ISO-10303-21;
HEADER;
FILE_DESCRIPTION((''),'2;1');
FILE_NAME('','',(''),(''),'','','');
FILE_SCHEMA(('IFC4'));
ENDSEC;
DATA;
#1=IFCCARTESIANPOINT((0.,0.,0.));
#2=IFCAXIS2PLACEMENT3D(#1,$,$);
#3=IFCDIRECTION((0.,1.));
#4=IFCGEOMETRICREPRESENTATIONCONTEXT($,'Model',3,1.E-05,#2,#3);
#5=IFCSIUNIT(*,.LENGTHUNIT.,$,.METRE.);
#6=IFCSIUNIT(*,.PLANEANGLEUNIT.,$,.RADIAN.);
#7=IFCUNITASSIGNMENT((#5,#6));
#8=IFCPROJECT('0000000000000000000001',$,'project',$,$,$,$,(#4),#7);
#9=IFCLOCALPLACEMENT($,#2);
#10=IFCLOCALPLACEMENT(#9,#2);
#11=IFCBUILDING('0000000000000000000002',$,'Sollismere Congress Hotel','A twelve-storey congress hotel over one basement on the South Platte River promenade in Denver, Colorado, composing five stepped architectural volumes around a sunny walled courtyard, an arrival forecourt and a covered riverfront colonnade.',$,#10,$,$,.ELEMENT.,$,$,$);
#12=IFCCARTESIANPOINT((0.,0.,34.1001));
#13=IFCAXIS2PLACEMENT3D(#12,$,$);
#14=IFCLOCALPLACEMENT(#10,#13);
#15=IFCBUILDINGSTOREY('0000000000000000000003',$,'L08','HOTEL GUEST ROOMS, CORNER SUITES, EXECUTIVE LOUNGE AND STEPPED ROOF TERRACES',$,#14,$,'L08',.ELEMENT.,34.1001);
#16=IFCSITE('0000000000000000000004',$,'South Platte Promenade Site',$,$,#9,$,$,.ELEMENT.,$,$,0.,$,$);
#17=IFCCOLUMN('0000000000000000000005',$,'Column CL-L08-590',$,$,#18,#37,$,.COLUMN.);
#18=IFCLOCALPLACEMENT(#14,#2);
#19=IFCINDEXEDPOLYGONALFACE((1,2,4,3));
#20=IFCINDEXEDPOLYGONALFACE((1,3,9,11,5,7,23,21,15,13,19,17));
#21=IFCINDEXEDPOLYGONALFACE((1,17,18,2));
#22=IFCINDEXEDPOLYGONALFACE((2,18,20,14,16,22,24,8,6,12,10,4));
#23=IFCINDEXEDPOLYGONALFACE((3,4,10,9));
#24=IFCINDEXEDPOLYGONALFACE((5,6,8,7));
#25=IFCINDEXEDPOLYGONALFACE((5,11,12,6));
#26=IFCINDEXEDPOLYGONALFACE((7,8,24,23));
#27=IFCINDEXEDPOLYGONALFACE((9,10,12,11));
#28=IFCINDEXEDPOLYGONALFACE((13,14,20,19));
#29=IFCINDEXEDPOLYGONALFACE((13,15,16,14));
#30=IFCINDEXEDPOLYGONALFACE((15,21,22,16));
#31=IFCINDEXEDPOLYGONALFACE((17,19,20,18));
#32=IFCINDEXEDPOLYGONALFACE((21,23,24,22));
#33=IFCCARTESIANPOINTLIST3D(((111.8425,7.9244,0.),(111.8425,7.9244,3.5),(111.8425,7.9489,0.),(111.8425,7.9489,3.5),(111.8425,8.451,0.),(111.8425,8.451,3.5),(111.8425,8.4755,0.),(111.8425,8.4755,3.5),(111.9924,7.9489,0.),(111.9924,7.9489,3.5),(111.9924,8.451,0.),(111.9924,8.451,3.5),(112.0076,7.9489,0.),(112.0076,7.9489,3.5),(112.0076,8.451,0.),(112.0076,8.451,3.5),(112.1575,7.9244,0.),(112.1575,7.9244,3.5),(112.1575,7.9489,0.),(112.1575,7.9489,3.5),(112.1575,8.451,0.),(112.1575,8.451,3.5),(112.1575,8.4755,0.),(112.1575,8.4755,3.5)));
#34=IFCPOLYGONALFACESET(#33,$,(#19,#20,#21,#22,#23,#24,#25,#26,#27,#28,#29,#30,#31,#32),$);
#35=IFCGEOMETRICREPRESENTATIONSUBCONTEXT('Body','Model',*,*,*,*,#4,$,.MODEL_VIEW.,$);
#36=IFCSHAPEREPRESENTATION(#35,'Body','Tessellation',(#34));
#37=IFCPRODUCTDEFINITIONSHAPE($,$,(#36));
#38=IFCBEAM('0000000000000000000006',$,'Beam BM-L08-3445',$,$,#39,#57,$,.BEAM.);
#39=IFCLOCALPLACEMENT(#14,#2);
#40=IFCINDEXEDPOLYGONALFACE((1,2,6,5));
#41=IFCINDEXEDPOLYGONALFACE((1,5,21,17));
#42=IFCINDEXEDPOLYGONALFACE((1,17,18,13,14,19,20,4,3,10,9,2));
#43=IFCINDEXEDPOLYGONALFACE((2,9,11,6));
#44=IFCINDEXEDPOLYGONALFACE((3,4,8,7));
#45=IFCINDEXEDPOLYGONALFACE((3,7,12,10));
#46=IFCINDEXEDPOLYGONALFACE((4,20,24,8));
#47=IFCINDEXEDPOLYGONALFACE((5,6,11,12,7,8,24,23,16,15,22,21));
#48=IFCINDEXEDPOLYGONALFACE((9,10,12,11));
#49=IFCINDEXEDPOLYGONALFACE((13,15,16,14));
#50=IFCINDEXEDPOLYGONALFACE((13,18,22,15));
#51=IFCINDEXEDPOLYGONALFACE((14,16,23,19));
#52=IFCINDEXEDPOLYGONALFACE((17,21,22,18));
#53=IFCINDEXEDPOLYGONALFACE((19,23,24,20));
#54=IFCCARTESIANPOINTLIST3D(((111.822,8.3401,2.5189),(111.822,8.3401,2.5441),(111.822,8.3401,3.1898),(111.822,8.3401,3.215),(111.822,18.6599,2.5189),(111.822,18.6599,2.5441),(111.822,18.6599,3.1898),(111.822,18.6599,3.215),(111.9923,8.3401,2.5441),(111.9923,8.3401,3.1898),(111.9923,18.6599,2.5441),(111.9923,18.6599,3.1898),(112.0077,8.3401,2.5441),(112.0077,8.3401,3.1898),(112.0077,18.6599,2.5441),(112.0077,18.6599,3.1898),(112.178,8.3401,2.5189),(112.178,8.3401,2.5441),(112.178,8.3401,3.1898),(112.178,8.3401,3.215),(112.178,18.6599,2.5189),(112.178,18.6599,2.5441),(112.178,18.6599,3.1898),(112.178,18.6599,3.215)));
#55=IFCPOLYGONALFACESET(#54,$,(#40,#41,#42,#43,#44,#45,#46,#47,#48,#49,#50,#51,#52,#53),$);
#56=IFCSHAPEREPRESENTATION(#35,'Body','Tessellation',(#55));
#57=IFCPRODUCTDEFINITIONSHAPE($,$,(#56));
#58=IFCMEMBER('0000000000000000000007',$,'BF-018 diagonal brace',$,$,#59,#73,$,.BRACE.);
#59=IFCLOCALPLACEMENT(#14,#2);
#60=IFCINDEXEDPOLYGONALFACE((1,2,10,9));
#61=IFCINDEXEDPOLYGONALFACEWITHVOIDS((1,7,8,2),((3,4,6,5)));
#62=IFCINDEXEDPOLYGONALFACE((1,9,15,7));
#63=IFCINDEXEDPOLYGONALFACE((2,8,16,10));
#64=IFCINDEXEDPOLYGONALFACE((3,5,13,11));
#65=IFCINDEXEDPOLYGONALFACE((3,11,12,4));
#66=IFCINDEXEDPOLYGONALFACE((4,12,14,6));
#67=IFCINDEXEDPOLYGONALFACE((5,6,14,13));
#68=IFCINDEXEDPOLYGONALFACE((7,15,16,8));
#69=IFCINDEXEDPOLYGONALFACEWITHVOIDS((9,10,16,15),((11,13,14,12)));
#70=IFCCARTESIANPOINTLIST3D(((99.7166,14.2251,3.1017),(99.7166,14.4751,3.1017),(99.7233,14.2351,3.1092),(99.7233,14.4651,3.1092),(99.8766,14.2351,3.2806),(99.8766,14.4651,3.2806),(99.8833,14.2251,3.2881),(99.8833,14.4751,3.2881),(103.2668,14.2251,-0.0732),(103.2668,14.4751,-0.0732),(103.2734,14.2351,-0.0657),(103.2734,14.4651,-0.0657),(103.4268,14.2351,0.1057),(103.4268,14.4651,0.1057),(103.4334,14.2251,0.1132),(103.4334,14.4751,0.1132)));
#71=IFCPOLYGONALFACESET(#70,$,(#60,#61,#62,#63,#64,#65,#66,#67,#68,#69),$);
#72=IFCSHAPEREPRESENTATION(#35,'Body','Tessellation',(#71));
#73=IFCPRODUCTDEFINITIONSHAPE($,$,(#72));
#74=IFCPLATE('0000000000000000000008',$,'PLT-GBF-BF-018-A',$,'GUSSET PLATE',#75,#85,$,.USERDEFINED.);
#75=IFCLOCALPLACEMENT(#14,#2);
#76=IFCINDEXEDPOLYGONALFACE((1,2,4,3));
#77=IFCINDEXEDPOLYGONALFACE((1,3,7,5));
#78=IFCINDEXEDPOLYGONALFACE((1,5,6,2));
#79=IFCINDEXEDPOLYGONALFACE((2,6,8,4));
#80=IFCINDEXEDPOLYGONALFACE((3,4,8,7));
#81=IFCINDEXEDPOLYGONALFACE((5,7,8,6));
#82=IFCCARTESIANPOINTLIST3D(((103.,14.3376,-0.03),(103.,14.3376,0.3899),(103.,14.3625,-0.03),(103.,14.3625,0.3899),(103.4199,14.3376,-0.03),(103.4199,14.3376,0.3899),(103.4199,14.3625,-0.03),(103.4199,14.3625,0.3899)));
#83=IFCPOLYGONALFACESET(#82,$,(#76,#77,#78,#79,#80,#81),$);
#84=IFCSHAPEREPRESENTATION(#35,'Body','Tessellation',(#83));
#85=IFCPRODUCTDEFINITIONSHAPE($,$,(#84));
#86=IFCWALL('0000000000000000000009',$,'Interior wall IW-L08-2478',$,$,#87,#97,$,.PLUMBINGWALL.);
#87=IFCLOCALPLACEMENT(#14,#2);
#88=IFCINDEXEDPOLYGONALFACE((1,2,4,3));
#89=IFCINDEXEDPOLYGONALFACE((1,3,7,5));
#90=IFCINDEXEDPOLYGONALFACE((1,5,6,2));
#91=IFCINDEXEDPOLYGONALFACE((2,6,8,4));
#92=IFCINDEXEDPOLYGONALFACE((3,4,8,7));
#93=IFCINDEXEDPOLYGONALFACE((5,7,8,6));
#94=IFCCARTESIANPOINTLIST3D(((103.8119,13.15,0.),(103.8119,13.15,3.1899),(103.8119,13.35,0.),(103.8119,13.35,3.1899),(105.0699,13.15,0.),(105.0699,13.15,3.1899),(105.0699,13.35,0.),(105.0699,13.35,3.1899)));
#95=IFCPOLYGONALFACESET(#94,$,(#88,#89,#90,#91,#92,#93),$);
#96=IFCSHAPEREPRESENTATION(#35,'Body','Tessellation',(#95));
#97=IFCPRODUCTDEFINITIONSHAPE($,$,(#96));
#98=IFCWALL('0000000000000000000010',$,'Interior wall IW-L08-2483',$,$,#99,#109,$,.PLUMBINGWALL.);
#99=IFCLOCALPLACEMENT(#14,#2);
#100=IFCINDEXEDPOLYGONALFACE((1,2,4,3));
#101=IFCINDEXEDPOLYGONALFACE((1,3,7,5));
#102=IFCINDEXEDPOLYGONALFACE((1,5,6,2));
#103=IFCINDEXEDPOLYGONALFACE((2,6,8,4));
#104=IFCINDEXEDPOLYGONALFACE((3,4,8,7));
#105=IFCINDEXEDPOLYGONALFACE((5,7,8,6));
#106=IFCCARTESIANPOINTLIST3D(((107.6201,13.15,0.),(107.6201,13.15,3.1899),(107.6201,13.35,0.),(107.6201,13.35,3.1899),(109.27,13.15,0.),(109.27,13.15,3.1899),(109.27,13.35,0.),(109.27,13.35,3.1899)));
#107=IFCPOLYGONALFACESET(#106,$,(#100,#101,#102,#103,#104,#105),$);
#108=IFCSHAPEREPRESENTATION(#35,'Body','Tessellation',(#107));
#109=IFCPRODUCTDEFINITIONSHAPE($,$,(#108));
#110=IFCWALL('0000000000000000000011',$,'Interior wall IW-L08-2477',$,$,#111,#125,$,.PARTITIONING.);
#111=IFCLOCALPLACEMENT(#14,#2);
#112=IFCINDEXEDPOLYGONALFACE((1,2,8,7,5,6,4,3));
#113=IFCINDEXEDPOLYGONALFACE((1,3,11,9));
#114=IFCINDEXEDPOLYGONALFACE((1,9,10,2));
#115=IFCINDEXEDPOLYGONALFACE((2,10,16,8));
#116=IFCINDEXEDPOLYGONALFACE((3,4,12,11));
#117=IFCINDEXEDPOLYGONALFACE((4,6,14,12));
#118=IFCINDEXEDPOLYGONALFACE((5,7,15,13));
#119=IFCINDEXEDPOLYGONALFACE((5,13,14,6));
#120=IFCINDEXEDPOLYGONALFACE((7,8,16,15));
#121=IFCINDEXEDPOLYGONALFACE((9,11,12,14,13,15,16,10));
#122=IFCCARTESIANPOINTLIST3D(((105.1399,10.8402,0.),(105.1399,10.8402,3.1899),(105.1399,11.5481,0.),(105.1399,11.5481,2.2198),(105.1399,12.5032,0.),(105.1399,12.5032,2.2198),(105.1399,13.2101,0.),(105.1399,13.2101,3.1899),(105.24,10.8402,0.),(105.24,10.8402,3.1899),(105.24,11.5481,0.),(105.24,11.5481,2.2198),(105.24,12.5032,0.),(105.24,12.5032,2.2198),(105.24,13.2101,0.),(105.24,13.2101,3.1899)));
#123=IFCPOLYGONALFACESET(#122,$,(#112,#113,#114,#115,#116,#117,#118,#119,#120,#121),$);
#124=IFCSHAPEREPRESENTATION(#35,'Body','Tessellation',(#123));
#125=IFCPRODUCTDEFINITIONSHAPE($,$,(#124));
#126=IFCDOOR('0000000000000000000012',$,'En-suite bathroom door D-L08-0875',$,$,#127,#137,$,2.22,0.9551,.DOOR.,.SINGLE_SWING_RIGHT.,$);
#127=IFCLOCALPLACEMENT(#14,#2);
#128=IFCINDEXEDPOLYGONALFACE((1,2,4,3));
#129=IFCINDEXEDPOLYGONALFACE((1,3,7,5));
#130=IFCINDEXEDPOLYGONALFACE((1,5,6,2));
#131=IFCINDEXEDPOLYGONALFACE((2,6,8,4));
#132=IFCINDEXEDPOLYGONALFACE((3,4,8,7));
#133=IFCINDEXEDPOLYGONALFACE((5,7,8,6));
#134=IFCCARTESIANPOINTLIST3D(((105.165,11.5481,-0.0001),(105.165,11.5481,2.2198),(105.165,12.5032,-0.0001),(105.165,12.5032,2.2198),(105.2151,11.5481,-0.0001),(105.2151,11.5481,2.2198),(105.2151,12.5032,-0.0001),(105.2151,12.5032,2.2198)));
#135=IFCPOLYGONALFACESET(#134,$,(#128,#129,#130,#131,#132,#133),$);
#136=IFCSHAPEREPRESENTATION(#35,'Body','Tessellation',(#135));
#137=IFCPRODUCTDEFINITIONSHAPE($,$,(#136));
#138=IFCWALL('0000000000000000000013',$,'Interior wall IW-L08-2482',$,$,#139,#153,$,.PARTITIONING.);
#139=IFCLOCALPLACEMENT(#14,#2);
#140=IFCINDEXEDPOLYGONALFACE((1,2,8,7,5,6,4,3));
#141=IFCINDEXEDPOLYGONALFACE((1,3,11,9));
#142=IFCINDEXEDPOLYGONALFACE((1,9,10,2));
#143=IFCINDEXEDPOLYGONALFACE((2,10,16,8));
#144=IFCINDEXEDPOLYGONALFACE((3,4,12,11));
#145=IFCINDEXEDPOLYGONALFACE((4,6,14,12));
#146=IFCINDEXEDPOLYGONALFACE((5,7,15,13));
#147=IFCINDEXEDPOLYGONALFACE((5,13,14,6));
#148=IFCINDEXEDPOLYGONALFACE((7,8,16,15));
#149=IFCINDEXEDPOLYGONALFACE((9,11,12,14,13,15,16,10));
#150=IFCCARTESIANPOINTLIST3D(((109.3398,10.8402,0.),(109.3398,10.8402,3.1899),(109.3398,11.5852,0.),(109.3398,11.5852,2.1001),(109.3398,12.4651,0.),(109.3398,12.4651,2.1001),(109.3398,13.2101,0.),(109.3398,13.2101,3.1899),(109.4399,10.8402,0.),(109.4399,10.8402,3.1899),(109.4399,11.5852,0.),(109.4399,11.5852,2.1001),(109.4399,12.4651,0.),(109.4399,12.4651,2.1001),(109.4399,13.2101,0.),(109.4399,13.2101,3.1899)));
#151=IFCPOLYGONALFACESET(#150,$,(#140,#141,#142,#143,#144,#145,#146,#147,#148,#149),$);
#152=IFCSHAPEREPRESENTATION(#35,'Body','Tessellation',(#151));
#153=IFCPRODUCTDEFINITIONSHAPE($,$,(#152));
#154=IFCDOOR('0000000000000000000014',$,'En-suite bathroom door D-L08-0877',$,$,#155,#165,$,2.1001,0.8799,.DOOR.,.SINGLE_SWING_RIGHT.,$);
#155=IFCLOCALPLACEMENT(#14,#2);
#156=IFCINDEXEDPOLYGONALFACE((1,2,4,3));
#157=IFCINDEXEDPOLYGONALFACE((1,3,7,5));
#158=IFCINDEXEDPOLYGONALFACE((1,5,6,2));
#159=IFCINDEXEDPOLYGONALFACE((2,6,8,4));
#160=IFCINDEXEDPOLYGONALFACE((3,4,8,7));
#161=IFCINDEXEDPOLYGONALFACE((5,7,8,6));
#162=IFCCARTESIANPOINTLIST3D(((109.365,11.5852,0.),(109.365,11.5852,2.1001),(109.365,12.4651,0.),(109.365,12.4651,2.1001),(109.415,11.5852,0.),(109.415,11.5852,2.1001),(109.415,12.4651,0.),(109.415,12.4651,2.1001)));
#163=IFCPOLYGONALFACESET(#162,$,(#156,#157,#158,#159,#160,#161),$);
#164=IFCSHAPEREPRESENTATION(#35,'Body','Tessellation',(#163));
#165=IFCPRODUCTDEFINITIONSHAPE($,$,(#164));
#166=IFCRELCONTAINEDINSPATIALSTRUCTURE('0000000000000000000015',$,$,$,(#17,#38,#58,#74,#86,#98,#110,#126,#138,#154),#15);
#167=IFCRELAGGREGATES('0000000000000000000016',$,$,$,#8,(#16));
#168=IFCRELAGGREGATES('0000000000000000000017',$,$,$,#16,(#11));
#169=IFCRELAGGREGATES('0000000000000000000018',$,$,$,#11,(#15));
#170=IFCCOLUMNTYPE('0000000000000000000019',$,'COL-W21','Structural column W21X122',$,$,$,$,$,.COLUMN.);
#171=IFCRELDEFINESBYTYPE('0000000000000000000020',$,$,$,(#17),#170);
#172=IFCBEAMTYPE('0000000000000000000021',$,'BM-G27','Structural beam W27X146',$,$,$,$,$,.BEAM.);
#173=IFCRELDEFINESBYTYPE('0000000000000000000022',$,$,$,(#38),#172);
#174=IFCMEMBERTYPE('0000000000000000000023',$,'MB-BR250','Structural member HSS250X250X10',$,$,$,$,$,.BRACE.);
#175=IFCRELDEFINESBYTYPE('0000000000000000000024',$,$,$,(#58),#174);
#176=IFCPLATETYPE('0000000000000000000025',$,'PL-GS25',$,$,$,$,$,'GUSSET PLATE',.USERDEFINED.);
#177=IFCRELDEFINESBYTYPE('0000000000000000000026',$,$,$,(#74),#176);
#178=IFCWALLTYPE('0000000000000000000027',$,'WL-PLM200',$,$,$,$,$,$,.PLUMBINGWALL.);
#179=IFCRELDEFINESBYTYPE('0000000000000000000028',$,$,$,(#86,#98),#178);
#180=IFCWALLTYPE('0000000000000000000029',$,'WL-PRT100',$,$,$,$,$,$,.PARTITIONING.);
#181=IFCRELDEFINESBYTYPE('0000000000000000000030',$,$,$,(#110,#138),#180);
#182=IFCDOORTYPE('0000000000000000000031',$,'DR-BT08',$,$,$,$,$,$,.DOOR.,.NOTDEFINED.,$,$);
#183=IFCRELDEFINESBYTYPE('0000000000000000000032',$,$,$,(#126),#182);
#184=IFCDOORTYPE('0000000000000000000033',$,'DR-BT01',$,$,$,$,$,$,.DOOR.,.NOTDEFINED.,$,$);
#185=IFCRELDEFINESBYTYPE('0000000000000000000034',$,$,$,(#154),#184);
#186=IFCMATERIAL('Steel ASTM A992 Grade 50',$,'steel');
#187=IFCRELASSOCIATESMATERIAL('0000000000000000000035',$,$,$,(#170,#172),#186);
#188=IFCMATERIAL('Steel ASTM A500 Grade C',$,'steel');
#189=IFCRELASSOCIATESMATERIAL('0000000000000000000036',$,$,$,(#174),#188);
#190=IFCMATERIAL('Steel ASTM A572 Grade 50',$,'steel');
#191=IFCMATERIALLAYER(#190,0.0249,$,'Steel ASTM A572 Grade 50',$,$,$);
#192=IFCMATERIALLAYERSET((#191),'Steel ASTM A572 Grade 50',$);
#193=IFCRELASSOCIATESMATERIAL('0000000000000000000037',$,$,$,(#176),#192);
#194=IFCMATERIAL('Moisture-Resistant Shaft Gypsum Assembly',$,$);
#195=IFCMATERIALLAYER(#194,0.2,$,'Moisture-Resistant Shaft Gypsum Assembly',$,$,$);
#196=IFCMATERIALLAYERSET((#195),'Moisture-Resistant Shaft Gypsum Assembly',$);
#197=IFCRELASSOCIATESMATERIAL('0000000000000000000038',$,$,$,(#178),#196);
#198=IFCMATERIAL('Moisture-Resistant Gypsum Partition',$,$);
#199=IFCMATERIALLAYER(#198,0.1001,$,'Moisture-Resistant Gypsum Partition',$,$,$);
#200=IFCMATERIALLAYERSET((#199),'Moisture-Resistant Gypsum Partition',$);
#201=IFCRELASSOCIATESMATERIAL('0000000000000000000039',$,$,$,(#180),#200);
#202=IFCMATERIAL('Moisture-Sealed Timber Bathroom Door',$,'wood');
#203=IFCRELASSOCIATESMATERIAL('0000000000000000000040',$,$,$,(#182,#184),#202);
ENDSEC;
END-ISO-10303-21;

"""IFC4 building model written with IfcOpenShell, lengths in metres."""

from ifc_helpers import new_model, si_unit, direction, frame, frame_2d, origin, origin_2d, place, context, subcontext, project, spatial, rectangle, hollow_rectangle, i_section, extrude, material, layer, layer_set, material_profile, profile_set, type_object, element, fill, save


model = new_model("IFC4")

# Units and contexts
model_context = context("Model", 3, precision=1e-05, world=origin(), true_north=direction((0.0, 1.0)))
body_context = subcontext(model_context, "Body", "Model", "MODEL_VIEW")
ifc_project = project(units=[si_unit("LENGTHUNIT", "METRE"), si_unit("PLANEANGLEUNIT", "RADIAN")], contexts=[model_context])

# Site, building, storey
site_placement = place(None, origin())
site = spatial("IfcSite", under=ifc_project, at=site_placement, Name="South Platte Promenade Site", CompositionType="ELEMENT", RefElevation=0.0)
building_placement = place(site_placement, origin())
building = spatial("IfcBuilding", under=site, at=building_placement, Name="Sollismere Congress Hotel", Description="A twelve-storey congress hotel over one basement on the South Platte River promenade in Denver, Colorado, composing five stepped architectural volumes around a sunny walled courtyard, an arrival forecourt and a covered riverfront colonnade.", CompositionType="ELEMENT")
storey_placement = place(building_placement, frame((0.0, 0.0, 34.1001)))
storey = spatial("IfcBuildingStorey", under=building, at=storey_placement, Name="L08", Description="HOTEL GUEST ROOMS, CORNER SUITES, EXECUTIVE LOUNGE AND STEPPED ROOF TERRACES", LongName="L08", CompositionType="ELEMENT", Elevation=34.1001)

# Column
ifc_material_1 = material(Name="Steel ASTM A992 Grade 50", Category="steel")
ifc_material_profile_1 = material_profile(ifc_material_1, i_section(OverallWidth=0.3149, OverallDepth=0.551, WebThickness=0.0151, FlangeThickness=0.0244, at=origin_2d()), Name="W21X122")
ifc_profile_set_1 = profile_set([ifc_material_profile_1], Name="Steel ASTM A992 Grade 50")
column_type = type_object("IfcColumnType", Name="COL-W21", Description="Structural column W21X122", PredefinedType="COLUMN", material=ifc_profile_set_1)
column_placement = place(storey_placement, frame((112.0, 8.2, 0.0), z_axis=(0.0, 0.0, 1.0), x_axis=(1.0, 0.0, 0.0)))
element("IfcColumn", 1, at=column_placement, inside=storey, type_object=column_type, Name="Column CL-L08-590", PredefinedType="COLUMN", context=body_context, shape_type="SweptSolid", body=[
    extrude(i_section(OverallWidth=0.3149, OverallDepth=0.551, WebThickness=0.0151, FlangeThickness=0.0244, at=origin_2d()), origin(), (0.0, 0.0, 1.0), 3.5),
])

# Beam
ifc_material_profile_2 = material_profile(ifc_material_1, i_section(OverallWidth=0.356, OverallDepth=0.696, WebThickness=0.0154, FlangeThickness=0.0251, at=origin_2d()), Name="W27X146")
ifc_profile_set_2 = profile_set([ifc_material_profile_2], Name="Steel ASTM A992 Grade 50")
beam_type = type_object("IfcBeamType", Name="BM-G27", Description="Structural beam W27X146", PredefinedType="BEAM", material=ifc_profile_set_2)
beam_placement = place(storey_placement, frame((112.0, 8.3401, 2.8669), z_axis=(0.0, 1.0, 0.0), x_axis=(-1.0, 0.0, 0.0)))
element("IfcBeam", 2, at=beam_placement, inside=storey, type_object=beam_type, Name="Beam BM-L08-3445", PredefinedType="BEAM", context=body_context, shape_type="SweptSolid", body=[
    extrude(i_section(OverallWidth=0.356, OverallDepth=0.696, WebThickness=0.0154, FlangeThickness=0.0251, at=origin_2d()), origin(), (0.0, 0.0, 1.0), 10.3198),
])

# Member
ifc_material_2 = material(Name="Steel ASTM A500 Grade C", Category="steel")
ifc_material_profile_3 = material_profile(ifc_material_2, hollow_rectangle(XDim=0.25, YDim=0.25, WallThickness=0.01, at=origin_2d()), Name="HSS250X250X10")
ifc_profile_set_3 = profile_set([ifc_material_profile_3], Name="Steel ASTM A500 Grade C")
member_type = type_object("IfcMemberType", Name="MB-BR250", Description="Structural member HSS250X250X10", PredefinedType="BRACE", material=ifc_profile_set_3)
member_placement = place(storey_placement, frame((103.3501, 14.3501, 0.02), z_axis=(-0.745404, 0.0, 0.666614), x_axis=(0.0, -1.0, 0.0)))
element("IfcMember", 3, at=member_placement, inside=storey, type_object=member_type, Name="BF-018 diagonal brace", PredefinedType="BRACE", context=body_context, shape_type="SweptSolid", body=[
    extrude(hollow_rectangle(XDim=0.25, YDim=0.25, WallThickness=0.01, at=origin_2d()), origin(), (0.0, 0.0, 1.0), 4.7627),
])

# Plate
ifc_material_3 = material(Name="Steel ASTM A572 Grade 50", Category="steel")
ifc_layer_1 = layer(ifc_material_3, 0.0249, Name="Steel ASTM A572 Grade 50")
ifc_layer_set_1 = layer_set([ifc_layer_1], Name="Steel ASTM A572 Grade 50")
plate_type = type_object("IfcPlateType", Name="PL-GS25", ElementType="GUSSET PLATE", PredefinedType="USERDEFINED", material=ifc_layer_set_1)
plate_placement = place(storey_placement, frame((103.21, 14.3501, -0.03), z_axis=(0.0, 0.0, 1.0), x_axis=(1.0, 0.0, 0.0)))
element("IfcPlate", 4, at=plate_placement, inside=storey, type_object=plate_type, Name="PLT-GBF-BF-018-A", ObjectType="GUSSET PLATE", PredefinedType="USERDEFINED", context=body_context, shape_type="SweptSolid", body=[
    extrude(rectangle(XDim=0.4199, YDim=0.0249, at=origin_2d()), origin(), (0.0, 0.0, 1.0), 0.4199),
])

# Walls
ifc_material_4 = material(Name="Moisture-Resistant Shaft Gypsum Assembly")
ifc_layer_2 = layer(ifc_material_4, 0.2, Name="Moisture-Resistant Shaft Gypsum Assembly")
ifc_layer_set_2 = layer_set([ifc_layer_2], Name="Moisture-Resistant Shaft Gypsum Assembly")
wall_type_1 = type_object("IfcWallType", Name="WL-PLM200", PredefinedType="PLUMBINGWALL", material=ifc_layer_set_2)
wall_1_placement = place(storey_placement, frame((103.812, 13.25, 0.0), z_axis=(0.0, 0.0, 1.0), x_axis=(1.0, 0.0, 0.0)))
element("IfcWall", 5, at=wall_1_placement, inside=storey, type_object=wall_type_1, Name="Interior wall IW-L08-2478", PredefinedType="PLUMBINGWALL", context=body_context, shape_type="SweptSolid", body=[
    extrude(rectangle(XDim=1.2581, YDim=0.2, at=frame_2d((0.6289, 0.0))), origin(), (0.0, 0.0, 1.0), 3.1899),
])
wall_2_placement = place(storey_placement, frame((107.6201, 13.25, 0.0), z_axis=(0.0, 0.0, 1.0), x_axis=(1.0, 0.0, 0.0)))
element("IfcWall", 6, at=wall_2_placement, inside=storey, type_object=wall_type_1, Name="Interior wall IW-L08-2483", PredefinedType="PLUMBINGWALL", context=body_context, shape_type="SweptSolid", body=[
    extrude(rectangle(XDim=1.6499, YDim=0.2, at=frame_2d((0.825, 0.0))), origin(), (0.0, 0.0, 1.0), 3.1899),
])

# Walls, openings, doors
ifc_material_5 = material(Name="Moisture-Resistant Gypsum Partition")
ifc_layer_3 = layer(ifc_material_5, 0.1001, Name="Moisture-Resistant Gypsum Partition")
ifc_layer_set_3 = layer_set([ifc_layer_3], Name="Moisture-Resistant Gypsum Partition")
wall_type_2 = type_object("IfcWallType", Name="WL-PRT100", PredefinedType="PARTITIONING", material=ifc_layer_set_3)
wall_3_placement = place(storey_placement, frame((105.1899, 10.8401, 0.0), z_axis=(0.0, 0.0, 1.0), x_axis=(0.0, 1.0, 0.0)))
wall_3 = element("IfcWall", 7, at=wall_3_placement, inside=storey, type_object=wall_type_2, Name="Interior wall IW-L08-2477", PredefinedType="PARTITIONING", context=body_context, shape_type="SweptSolid", body=[
    extrude(rectangle(XDim=2.3699, YDim=0.1001, at=frame_2d((1.1851, 0.0))), origin(), (0.0, 0.0, 1.0), 3.1899),
])
opening_1_placement = place(wall_3_placement, frame((0.708, 0.0, 0.0)))
opening_1 = element("IfcOpeningElement", 8, at=opening_1_placement, cuts=wall_3, PredefinedType="OPENING", context=body_context, shape_type="SweptSolid", body=[
    extrude(rectangle(XDim=0.9551, YDim=2.22, at=frame_2d((0.4775, 1.1099))), frame((0.0, 0.0601, 0.0), z_axis=(0.0, -1.0, 0.0), x_axis=(1.0, 0.0, 0.0)), (0.0, 0.0, 1.0), 0.1201),
])
ifc_material_6 = material(Name="Moisture-Sealed Timber Bathroom Door", Category="wood")
door_type_1 = type_object("IfcDoorType", Name="DR-BT08", OperationType="NOTDEFINED", PredefinedType="DOOR", material=ifc_material_6)
door_1_placement = place(opening_1_placement, origin())
door_1 = element("IfcDoor", 9, at=door_1_placement, inside=storey, type_object=door_type_1, Name="En-suite bathroom door D-L08-0875", OperationType="SINGLE_SWING_RIGHT", OverallHeight=2.22, OverallWidth=0.9551, PredefinedType="DOOR", context=body_context, shape_type="SweptSolid", body=[
    extrude(rectangle(XDim=0.9551, YDim=2.22, at=frame_2d((0.4775, 1.1099))), frame((0.0, 0.0249, 0.0), z_axis=(0.0, -1.0, 0.0), x_axis=(1.0, 0.0, 0.0)), (0.0, 0.0, 1.0), 0.05),
])
fill(opening_1, door_1)
wall_4_placement = place(storey_placement, frame((109.3899, 10.8401, 0.0), z_axis=(0.0, 0.0, 1.0), x_axis=(0.0, 1.0, 0.0)))
wall_4 = element("IfcWall", 10, at=wall_4_placement, inside=storey, type_object=wall_type_2, Name="Interior wall IW-L08-2482", PredefinedType="PARTITIONING", context=body_context, shape_type="SweptSolid", body=[
    extrude(rectangle(XDim=2.3699, YDim=0.1001, at=frame_2d((1.1851, 0.0))), origin(), (0.0, 0.0, 1.0), 3.1899),
])
opening_2_placement = place(wall_4_placement, frame((0.7451, 0.0, 0.0)))
opening_2 = element("IfcOpeningElement", 11, at=opening_2_placement, cuts=wall_4, PredefinedType="OPENING", context=body_context, shape_type="SweptSolid", body=[
    extrude(rectangle(XDim=0.8799, YDim=2.1001, at=frame_2d((0.4399, 1.05))), frame((0.0, 0.0601, 0.0), z_axis=(0.0, -1.0, 0.0), x_axis=(1.0, 0.0, 0.0)), (0.0, 0.0, 1.0), 0.1201),
])
door_type_2 = type_object("IfcDoorType", Name="DR-BT01", OperationType="NOTDEFINED", PredefinedType="DOOR", material=ifc_material_6)
door_2_placement = place(opening_2_placement, origin())
door_2 = element("IfcDoor", 12, at=door_2_placement, inside=storey, type_object=door_type_2, Name="En-suite bathroom door D-L08-0877", OperationType="SINGLE_SWING_RIGHT", OverallHeight=2.1001, OverallWidth=0.8799, PredefinedType="DOOR", context=body_context, shape_type="SweptSolid", body=[
    extrude(rectangle(XDim=0.8799, YDim=2.1001, at=frame_2d((0.4399, 1.05))), frame((0.0, 0.0249, 0.0), z_axis=(0.0, -1.0, 0.0), x_axis=(1.0, 0.0, 0.0)), (0.0, 0.0, 1.0), 0.05),
])
fill(opening_2, door_2)

save(model, "model.ifc")
